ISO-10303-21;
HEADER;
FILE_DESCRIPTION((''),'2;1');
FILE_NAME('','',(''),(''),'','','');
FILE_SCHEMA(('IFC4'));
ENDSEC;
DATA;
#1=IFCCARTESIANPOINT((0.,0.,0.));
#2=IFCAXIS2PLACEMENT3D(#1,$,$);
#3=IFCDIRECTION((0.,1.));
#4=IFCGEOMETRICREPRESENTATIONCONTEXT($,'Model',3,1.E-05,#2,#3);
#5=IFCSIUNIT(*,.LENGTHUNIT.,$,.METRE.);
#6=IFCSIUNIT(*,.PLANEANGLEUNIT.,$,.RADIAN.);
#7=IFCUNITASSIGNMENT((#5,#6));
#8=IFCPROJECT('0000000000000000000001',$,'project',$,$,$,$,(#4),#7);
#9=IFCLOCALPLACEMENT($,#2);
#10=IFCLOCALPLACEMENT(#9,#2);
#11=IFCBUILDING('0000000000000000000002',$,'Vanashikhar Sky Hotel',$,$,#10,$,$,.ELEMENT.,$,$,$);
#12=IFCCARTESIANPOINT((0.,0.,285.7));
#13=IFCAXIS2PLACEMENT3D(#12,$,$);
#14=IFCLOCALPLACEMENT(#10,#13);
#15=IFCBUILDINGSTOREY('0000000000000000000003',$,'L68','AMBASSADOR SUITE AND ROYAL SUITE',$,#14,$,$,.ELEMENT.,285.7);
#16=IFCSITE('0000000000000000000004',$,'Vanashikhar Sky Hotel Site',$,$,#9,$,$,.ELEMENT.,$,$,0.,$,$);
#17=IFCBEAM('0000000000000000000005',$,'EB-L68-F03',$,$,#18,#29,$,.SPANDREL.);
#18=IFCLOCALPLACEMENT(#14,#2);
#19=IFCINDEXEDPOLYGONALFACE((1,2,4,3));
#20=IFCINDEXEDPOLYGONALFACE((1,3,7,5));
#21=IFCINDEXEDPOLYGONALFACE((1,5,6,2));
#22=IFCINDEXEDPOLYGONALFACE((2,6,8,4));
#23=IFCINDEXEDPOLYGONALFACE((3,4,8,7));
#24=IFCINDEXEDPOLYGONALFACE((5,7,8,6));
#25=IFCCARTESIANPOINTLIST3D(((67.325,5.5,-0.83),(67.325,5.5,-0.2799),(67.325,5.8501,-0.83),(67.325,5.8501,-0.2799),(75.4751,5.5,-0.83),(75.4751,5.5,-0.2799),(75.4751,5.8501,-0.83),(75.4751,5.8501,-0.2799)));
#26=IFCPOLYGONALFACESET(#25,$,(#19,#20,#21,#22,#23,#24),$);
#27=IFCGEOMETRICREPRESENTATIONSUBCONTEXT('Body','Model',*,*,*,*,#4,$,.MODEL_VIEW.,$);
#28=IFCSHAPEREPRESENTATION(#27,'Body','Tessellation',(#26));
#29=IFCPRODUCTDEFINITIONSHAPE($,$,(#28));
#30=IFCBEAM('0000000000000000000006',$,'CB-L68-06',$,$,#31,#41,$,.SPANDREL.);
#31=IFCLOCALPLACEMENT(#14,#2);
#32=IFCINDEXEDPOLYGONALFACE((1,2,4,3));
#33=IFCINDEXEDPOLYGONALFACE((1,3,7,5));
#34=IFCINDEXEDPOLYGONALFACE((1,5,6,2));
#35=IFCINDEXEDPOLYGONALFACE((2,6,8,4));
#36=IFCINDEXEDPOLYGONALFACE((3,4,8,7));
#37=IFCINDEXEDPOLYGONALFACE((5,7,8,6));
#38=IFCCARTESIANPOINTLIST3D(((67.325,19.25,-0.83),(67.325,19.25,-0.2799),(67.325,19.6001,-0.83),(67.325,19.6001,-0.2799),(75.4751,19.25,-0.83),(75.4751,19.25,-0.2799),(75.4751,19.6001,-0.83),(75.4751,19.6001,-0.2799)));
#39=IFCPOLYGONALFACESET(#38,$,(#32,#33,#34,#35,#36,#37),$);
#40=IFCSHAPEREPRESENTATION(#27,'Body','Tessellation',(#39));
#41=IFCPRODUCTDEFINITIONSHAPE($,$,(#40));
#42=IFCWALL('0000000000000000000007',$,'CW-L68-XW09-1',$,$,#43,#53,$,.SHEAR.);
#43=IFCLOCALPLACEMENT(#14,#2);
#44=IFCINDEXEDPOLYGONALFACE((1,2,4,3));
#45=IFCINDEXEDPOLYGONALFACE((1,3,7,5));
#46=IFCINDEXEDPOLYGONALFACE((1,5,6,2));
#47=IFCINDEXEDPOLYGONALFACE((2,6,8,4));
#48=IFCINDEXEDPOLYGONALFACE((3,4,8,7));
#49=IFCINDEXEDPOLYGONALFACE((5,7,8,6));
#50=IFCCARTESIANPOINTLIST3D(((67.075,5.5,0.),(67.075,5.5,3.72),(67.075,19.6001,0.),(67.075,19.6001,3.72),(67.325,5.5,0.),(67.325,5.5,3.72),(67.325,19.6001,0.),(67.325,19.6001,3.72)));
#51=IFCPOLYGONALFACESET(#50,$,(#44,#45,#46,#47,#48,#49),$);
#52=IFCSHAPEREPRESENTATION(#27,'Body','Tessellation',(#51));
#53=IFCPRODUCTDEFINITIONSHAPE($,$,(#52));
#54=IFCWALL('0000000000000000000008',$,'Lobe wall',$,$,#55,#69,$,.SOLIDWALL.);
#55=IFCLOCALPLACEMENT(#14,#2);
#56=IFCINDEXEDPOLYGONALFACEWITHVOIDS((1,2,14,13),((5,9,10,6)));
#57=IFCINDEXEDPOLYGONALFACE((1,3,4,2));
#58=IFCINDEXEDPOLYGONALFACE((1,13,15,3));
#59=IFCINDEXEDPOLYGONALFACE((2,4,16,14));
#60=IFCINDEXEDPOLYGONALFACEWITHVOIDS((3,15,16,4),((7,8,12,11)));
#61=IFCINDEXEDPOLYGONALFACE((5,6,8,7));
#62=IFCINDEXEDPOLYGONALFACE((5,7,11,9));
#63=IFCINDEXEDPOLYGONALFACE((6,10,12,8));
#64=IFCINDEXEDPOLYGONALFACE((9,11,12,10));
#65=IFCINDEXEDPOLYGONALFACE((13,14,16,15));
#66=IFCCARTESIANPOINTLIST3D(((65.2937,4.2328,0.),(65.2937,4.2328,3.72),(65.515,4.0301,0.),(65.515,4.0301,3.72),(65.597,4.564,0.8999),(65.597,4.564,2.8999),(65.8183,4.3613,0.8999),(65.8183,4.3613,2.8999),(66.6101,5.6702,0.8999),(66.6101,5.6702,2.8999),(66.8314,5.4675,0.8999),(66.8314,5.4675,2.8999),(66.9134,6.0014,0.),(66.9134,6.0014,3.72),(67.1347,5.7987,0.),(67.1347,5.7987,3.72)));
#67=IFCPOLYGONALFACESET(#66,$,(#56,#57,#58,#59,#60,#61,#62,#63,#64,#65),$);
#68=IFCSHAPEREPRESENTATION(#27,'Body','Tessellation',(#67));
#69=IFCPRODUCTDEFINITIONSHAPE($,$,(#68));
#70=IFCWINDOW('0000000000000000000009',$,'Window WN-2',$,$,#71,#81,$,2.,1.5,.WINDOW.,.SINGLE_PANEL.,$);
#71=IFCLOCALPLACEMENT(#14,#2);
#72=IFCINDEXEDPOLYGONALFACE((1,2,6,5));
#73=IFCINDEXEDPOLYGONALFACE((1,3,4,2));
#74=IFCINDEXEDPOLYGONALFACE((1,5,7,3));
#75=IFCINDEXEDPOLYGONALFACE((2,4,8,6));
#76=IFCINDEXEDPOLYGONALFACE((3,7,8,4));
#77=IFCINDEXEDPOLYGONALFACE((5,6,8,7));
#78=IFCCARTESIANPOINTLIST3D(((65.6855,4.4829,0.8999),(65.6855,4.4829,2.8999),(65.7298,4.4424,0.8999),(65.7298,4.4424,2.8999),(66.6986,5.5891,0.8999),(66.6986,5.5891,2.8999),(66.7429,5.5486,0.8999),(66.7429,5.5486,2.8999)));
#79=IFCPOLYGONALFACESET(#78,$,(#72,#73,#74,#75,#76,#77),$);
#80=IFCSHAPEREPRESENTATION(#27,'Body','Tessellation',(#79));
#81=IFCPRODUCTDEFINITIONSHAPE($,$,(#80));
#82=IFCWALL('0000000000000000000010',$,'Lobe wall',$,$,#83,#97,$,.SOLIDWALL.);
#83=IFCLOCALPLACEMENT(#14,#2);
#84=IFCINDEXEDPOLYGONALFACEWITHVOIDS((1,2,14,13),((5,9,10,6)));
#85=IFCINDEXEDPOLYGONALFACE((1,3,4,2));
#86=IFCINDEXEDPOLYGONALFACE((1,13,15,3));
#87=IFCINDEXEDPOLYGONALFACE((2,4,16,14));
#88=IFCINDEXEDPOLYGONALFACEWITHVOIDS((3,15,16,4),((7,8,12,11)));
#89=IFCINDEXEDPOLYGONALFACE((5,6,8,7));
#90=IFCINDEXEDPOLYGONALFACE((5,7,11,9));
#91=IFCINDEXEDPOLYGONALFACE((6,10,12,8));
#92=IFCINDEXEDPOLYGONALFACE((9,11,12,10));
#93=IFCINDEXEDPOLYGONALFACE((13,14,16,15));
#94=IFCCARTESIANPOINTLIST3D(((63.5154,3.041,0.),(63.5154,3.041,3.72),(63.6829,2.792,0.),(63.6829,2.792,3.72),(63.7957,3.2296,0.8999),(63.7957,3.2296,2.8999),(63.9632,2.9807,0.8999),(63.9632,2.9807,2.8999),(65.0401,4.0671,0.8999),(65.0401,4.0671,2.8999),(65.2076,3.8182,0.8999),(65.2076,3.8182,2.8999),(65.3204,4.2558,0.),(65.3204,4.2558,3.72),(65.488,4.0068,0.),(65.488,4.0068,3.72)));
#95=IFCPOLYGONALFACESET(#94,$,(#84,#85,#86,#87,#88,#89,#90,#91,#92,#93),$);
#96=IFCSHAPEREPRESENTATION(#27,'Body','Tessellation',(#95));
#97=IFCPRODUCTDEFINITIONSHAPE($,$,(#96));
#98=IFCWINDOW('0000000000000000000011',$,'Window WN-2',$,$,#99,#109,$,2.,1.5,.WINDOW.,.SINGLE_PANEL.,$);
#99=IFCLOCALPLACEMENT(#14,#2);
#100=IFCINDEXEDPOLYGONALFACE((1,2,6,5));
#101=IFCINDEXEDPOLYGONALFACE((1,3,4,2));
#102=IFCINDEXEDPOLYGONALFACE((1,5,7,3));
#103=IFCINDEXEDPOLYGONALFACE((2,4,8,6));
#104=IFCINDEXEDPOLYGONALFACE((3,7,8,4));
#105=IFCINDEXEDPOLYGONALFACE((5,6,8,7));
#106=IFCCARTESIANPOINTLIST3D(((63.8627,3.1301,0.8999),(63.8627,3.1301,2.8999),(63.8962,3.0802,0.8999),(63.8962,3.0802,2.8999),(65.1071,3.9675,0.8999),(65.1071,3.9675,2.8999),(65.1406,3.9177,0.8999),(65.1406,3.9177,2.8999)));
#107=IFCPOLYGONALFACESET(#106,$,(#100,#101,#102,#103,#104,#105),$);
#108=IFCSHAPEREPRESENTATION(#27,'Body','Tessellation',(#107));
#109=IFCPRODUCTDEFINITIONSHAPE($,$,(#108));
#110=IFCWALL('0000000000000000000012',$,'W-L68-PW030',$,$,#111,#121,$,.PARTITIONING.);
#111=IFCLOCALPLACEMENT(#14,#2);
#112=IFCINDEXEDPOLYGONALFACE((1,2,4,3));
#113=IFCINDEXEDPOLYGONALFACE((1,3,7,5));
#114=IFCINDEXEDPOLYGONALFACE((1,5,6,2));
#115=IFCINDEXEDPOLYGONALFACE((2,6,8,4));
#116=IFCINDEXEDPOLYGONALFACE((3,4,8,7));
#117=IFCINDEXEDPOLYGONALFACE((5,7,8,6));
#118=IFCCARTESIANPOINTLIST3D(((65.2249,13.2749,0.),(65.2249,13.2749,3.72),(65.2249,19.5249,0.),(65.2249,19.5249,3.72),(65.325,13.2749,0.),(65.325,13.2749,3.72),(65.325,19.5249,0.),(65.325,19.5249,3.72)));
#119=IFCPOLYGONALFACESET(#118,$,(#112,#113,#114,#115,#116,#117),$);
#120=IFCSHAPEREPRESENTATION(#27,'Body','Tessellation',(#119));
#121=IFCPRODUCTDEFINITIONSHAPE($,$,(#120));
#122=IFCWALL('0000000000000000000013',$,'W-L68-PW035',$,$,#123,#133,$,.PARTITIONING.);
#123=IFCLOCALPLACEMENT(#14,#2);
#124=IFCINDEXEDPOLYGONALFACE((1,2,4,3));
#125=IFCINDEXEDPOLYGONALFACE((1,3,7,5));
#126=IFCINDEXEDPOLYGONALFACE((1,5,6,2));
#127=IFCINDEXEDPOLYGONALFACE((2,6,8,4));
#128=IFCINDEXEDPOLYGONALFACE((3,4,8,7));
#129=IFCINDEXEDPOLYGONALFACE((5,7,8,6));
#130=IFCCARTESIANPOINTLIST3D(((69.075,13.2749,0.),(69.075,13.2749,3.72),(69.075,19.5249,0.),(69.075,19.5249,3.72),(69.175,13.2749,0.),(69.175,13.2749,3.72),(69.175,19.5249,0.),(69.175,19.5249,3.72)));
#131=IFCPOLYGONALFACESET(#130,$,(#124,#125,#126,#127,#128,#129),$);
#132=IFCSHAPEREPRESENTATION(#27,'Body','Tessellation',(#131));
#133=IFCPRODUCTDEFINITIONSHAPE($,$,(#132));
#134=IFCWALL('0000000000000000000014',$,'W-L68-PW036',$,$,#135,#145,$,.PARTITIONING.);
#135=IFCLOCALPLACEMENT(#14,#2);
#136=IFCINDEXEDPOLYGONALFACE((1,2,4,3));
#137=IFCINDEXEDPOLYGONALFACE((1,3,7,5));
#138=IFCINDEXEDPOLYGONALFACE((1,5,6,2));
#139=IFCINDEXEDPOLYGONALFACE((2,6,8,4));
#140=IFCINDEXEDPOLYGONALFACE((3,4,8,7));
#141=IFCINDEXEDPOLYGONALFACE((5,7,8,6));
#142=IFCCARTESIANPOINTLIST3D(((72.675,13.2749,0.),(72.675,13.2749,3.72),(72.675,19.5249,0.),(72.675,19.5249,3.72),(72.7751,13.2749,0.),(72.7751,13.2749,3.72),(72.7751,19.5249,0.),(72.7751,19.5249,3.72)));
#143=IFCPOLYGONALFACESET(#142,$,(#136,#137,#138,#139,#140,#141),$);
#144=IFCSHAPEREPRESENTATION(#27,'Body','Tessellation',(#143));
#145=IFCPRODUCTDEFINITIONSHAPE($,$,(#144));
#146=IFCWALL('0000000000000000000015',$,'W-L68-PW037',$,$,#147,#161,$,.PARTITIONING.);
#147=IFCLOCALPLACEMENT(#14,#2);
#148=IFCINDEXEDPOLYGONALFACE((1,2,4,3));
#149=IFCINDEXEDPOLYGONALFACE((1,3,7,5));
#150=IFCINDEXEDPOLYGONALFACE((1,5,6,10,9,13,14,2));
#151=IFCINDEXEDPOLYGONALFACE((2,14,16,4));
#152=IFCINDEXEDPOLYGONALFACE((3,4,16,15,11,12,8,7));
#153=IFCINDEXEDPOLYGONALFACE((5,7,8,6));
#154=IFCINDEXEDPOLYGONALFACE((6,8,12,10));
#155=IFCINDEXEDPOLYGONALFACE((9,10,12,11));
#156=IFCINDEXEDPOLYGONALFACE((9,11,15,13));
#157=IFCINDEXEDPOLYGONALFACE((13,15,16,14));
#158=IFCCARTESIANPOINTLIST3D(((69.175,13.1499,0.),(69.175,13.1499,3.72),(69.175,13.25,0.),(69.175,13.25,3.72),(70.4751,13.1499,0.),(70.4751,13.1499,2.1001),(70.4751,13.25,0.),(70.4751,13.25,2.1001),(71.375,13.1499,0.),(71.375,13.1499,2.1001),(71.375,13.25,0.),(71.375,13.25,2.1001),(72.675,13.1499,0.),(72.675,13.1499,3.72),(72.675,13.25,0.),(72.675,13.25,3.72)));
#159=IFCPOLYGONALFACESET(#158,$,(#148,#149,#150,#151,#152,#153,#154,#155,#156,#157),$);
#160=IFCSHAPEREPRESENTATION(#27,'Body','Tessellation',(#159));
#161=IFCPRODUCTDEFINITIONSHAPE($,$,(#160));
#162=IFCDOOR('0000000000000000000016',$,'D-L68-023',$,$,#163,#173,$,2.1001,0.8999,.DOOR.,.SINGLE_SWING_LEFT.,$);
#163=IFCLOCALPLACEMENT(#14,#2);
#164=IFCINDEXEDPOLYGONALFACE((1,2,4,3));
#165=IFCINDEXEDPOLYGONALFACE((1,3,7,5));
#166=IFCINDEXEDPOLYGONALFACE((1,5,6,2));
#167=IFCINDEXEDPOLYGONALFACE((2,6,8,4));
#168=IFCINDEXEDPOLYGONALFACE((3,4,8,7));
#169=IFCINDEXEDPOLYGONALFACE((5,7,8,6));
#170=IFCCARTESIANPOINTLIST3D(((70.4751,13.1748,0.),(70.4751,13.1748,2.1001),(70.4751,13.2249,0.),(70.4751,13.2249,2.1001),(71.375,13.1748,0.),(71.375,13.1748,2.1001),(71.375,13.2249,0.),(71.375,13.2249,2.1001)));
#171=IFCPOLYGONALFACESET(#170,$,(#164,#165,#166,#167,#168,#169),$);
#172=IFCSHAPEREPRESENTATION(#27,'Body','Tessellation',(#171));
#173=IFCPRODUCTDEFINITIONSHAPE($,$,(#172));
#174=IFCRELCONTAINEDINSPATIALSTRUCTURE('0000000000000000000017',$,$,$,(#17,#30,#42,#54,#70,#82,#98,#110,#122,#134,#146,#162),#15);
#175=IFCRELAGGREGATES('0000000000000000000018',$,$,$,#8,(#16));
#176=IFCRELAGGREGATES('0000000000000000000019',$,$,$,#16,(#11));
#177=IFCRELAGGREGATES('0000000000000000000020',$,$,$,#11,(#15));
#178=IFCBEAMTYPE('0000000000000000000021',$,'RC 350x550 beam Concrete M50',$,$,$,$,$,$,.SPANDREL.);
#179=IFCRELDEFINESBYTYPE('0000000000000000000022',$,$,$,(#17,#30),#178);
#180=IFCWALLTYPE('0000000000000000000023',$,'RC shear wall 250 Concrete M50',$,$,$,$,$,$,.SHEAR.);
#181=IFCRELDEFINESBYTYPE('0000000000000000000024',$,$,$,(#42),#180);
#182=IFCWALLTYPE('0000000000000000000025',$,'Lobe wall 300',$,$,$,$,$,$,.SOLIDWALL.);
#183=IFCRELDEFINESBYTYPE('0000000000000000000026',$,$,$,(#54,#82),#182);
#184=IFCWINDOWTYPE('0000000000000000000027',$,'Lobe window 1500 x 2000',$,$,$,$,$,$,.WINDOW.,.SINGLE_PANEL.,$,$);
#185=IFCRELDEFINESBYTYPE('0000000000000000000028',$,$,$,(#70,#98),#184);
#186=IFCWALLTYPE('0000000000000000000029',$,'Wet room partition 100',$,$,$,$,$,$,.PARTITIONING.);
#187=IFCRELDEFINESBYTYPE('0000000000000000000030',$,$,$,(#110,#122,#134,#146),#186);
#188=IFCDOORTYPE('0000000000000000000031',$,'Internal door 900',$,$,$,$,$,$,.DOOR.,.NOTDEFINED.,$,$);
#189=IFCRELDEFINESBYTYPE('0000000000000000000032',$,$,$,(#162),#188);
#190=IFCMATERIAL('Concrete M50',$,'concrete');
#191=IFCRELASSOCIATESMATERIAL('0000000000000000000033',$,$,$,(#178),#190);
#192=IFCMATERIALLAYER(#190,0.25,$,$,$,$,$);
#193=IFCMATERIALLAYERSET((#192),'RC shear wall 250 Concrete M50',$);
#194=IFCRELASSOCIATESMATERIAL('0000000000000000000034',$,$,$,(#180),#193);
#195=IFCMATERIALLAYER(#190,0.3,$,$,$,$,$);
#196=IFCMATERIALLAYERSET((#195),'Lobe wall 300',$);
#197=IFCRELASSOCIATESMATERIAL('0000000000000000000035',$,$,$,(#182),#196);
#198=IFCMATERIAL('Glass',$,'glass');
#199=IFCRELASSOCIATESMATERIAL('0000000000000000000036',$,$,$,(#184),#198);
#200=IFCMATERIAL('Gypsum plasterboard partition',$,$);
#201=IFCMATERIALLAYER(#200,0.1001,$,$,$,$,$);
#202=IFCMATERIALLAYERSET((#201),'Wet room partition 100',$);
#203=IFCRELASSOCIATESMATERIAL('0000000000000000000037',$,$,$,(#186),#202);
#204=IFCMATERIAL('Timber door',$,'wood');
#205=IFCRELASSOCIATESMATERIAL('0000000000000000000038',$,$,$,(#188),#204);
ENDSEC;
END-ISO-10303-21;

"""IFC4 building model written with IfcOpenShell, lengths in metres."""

from ifc_helpers import new_model, si_unit, direction, frame, frame_2d, origin, origin_2d, place, context, subcontext, project, spatial, rectangle, extrude, source, transform, mapped, material, layer, layer_set, material_profile, profile_set, type_object, element, fill, save


model = new_model("IFC4")

# Units and contexts
model_context = context("Model", 3, precision=1e-05, world=origin(), true_north=direction((0.0, 1.0)))
body_context = subcontext(model_context, "Body", "Model", "MODEL_VIEW")
ifc_project = project(units=[si_unit("LENGTHUNIT", "METRE"), si_unit("PLANEANGLEUNIT", "RADIAN")], contexts=[model_context])

# Site, building, storey
site_placement = place(None, origin())
site = spatial("IfcSite", under=ifc_project, at=site_placement, Name="Vanashikhar Sky Hotel Site", CompositionType="ELEMENT", RefElevation=0.0)
building_placement = place(site_placement, origin())
building = spatial("IfcBuilding", under=site, at=building_placement, Name="Vanashikhar Sky Hotel", CompositionType="ELEMENT")
storey_placement = place(building_placement, frame((0.0, 0.0, 285.7)))
storey = spatial("IfcBuildingStorey", under=building, at=storey_placement, Name="L68", Description="AMBASSADOR SUITE AND ROYAL SUITE", CompositionType="ELEMENT", Elevation=285.7)

# Beams
ifc_material_1 = material(Name="Concrete M50", Category="concrete")
ifc_material_profile_1 = material_profile(ifc_material_1, rectangle(XDim=0.3501, YDim=0.55, at=origin_2d()))
ifc_profile_set_1 = profile_set([ifc_material_profile_1], Name="RC 350x550 beam Concrete M50")
beam_type = type_object("IfcBeamType", Name="RC 350x550 beam Concrete M50", PredefinedType="SPANDREL", material=ifc_profile_set_1)
shared_shape_1 = source(origin(), body_context, "Body", "SweptSolid", [
    extrude(rectangle(XDim=0.3501, YDim=0.55, at=origin_2d()), origin(), (0.0, 0.0, 1.0), 8.1501),
])
for number, where, z_axis, x_axis, name in (
    (1, (67.325, 5.675, -0.5549), (1.0, 0.0, 0.0), (0.0, 1.0, 0.0), "EB-L68-F03"),
    (2, (67.325, 19.425, -0.5549), (1.0, 0.0, 0.0), (0.0, 1.0, 0.0), "CB-L68-06"),
):
    element("IfcBeam", number, at=place(storey_placement, frame(where, z_axis=z_axis, x_axis=x_axis)), inside=storey, type_object=beam_type, Name=name, PredefinedType="SPANDREL", context=body_context, shape_type="MappedRepresentation", body=[
        mapped(shared_shape_1, transform((0.0, 0.0, 0.0), scale=1.0)),
    ])

# Wall
ifc_layer_1 = layer(ifc_material_1, 0.25)
ifc_layer_set_1 = layer_set([ifc_layer_1], Name="RC shear wall 250 Concrete M50")
wall_type_1 = type_object("IfcWallType", Name="RC shear wall 250 Concrete M50", PredefinedType="SHEAR", material=ifc_layer_set_1)
shared_shape_2 = source(origin(), body_context, "Body", "SweptSolid", [
    extrude(rectangle(XDim=14.1001, YDim=0.25, at=frame_2d((7.05, 0.0))), origin(), (0.0, 0.0, 1.0), 3.72),
])
wall_1_placement = place(storey_placement, frame((67.2, 5.5, 0.0), z_axis=(0.0, 0.0, 1.0), x_axis=(0.0, 1.0, 0.0)))
element("IfcWall", 3, at=wall_1_placement, inside=storey, type_object=wall_type_1, Name="CW-L68-XW09-1", PredefinedType="SHEAR", context=body_context, shape_type="MappedRepresentation", body=[
    mapped(shared_shape_2, transform((0.0, 0.0, 0.0), scale=1.0)),
])

# Shared definitions
ifc_material_2 = material(Name="Glass", Category="glass")

# Walls, openings, windows
ifc_layer_2 = layer(ifc_material_1, 0.3)
ifc_layer_set_2 = layer_set([ifc_layer_2], Name="Lobe wall 300")
wall_type_2 = type_object("IfcWallType", Name="Lobe wall 300", PredefinedType="SOLIDWALL", material=ifc_layer_set_2)
shared_shape_3 = source(origin(), body_context, "Body", "SweptSolid", [
    extrude(rectangle(XDim=2.3982, YDim=0.3, at=frame_2d((1.1992, 0.0))), origin(), (0.0, 0.0, 1.0), 3.72),
])
wall_2_placement = place(storey_placement, frame((65.4043, 4.1313, 0.0), z_axis=(0.0, 0.0, 1.0), x_axis=(0.675374, 0.737475, 0.0)))
wall_2 = element("IfcWall", 4, at=wall_2_placement, inside=storey, type_object=wall_type_2, Name="Lobe wall", PredefinedType="SOLIDWALL", context=body_context, shape_type="MappedRepresentation", body=[
    mapped(shared_shape_3, transform((0.0, 0.0, 0.0), scale=1.0)),
])
shared_shape_4 = source(origin(), body_context, "Body", "SweptSolid", [
    extrude(rectangle(XDim=1.5, YDim=2.0, at=frame_2d((0.75, 1.0))), frame((0.0, 0.1602, 0.0), z_axis=(0.0, -1.0, 0.0), x_axis=(1.0, 0.0, 0.0)), (0.0, 0.0, 1.0), 0.3201),
])
opening_1_placement = place(wall_2_placement, frame((0.4492, 0.0, 0.8999)))
opening_1 = element("IfcOpeningElement", 5, at=opening_1_placement, cuts=wall_2, PredefinedType="OPENING", context=body_context, shape_type="MappedRepresentation", body=[
    mapped(shared_shape_4, transform((0.0, 0.0, 0.0), scale=1.0)),
])
window_type_1 = type_object("IfcWindowType", Name="Lobe window 1500 x 2000", PartitioningType="SINGLE_PANEL", PredefinedType="WINDOW", material=ifc_material_2)
shared_shape_5 = source(origin(), body_context, "Body", "SweptSolid", [
    extrude(rectangle(XDim=1.5, YDim=2.0, at=frame_2d((0.75, 1.0))), frame((0.0, 0.03, 0.0), z_axis=(0.0, -1.0, 0.0), x_axis=(1.0, 0.0, 0.0)), (0.0, 0.0, 1.0), 0.0601),
])
window_1_placement = place(opening_1_placement, origin())
window_1 = element("IfcWindow", 6, at=window_1_placement, inside=storey, type_object=window_type_1, Name="Window WN-2", OverallHeight=2.0, OverallWidth=1.5, PartitioningType="SINGLE_PANEL", PredefinedType="WINDOW", context=body_context, shape_type="MappedRepresentation", body=[
    mapped(shared_shape_5, transform((0.0, 0.0, 0.0), scale=1.0)),
])
fill(opening_1, window_1)
shared_shape_6 = source(origin(), body_context, "Body", "SweptSolid", [
    extrude(rectangle(XDim=2.1758, YDim=0.3, at=frame_2d((1.0879, 0.0))), origin(), (0.0, 0.0, 1.0), 3.72),
])
wall_3_placement = place(storey_placement, frame((63.5991, 2.9165, 0.0), z_axis=(0.0, 0.0, 1.0), x_axis=(0.829626, 0.55832, 0.0)))
wall_3 = element("IfcWall", 7, at=wall_3_placement, inside=storey, type_object=wall_type_2, Name="Lobe wall", PredefinedType="SOLIDWALL", context=body_context, shape_type="MappedRepresentation", body=[
    mapped(shared_shape_6, transform((0.0, 0.0, 0.0), scale=1.0)),
])
opening_2_placement = place(wall_3_placement, frame((0.3379, 0.0, 0.8999)))
opening_2 = element("IfcOpeningElement", 8, at=opening_2_placement, cuts=wall_3, PredefinedType="OPENING", context=body_context, shape_type="MappedRepresentation", body=[
    mapped(shared_shape_4, transform((0.0, 0.0, 0.0), scale=1.0)),
])
window_2_placement = place(opening_2_placement, origin())
window_2 = element("IfcWindow", 9, at=window_2_placement, inside=storey, type_object=window_type_1, Name="Window WN-2", OverallHeight=2.0, OverallWidth=1.5, PartitioningType="SINGLE_PANEL", PredefinedType="WINDOW", context=body_context, shape_type="MappedRepresentation", body=[
    mapped(shared_shape_5, transform((0.0, 0.0, 0.0), scale=1.0)),
])
fill(opening_2, window_2)

# Walls
ifc_material_3 = material(Name="Gypsum plasterboard partition")
ifc_layer_3 = layer(ifc_material_3, 0.1001)
ifc_layer_set_3 = layer_set([ifc_layer_3], Name="Wet room partition 100")
wall_type_3 = type_object("IfcWallType", Name="Wet room partition 100", PredefinedType="PARTITIONING", material=ifc_layer_set_3)
shared_shape_7 = source(origin(), body_context, "Body", "SweptSolid", [
    extrude(rectangle(XDim=6.25, YDim=0.1001, at=frame_2d((3.125, 0.0))), origin(), (0.0, 0.0, 1.0), 3.72),
])
for number, where, z_axis, x_axis, name in (
    (10, (65.2749, 13.2749, 0.0), (0.0, 0.0, 1.0), (0.0, 1.0, 0.0), "W-L68-PW030"),
    (11, (69.125, 13.2749, 0.0), (0.0, 0.0, 1.0), (0.0, 1.0, 0.0), "W-L68-PW035"),
    (12, (72.7251, 13.2749, 0.0), (0.0, 0.0, 1.0), (0.0, 1.0, 0.0), "W-L68-PW036"),
):
    element("IfcWall", number, at=place(storey_placement, frame(where, z_axis=z_axis, x_axis=x_axis)), inside=storey, type_object=wall_type_3, Name=name, PredefinedType="PARTITIONING", context=body_context, shape_type="MappedRepresentation", body=[
        mapped(shared_shape_7, transform((0.0, 0.0, 0.0), scale=1.0)),
    ])

# Wall, opening, door
shared_shape_8 = source(origin(), body_context, "Body", "SweptSolid", [
    extrude(rectangle(XDim=3.5, YDim=0.1001, at=frame_2d((1.75, 0.0))), origin(), (0.0, 0.0, 1.0), 3.72),
])
wall_4_placement = place(storey_placement, frame((69.175, 13.2, 0.0), z_axis=(0.0, 0.0, 1.0), x_axis=(1.0, 0.0, 0.0)))
wall_4 = element("IfcWall", 13, at=wall_4_placement, inside=storey, type_object=wall_type_3, Name="W-L68-PW037", PredefinedType="PARTITIONING", context=body_context, shape_type="MappedRepresentation", body=[
    mapped(shared_shape_8, transform((0.0, 0.0, 0.0), scale=1.0)),
])
shared_shape_9 = source(origin(), body_context, "Body", "SweptSolid", [
    extrude(rectangle(XDim=0.8999, YDim=2.1001, at=frame_2d((0.45, 1.05))), frame((0.0, 0.0601, 0.0), z_axis=(0.0, -1.0, 0.0), x_axis=(1.0, 0.0, 0.0)), (0.0, 0.0, 1.0), 0.1201),
])
opening_3_placement = place(wall_4_placement, frame((1.3, 0.0, 0.0)))
opening_3 = element("IfcOpeningElement", 14, at=opening_3_placement, cuts=wall_4, PredefinedType="OPENING", context=body_context, shape_type="MappedRepresentation", body=[
    mapped(shared_shape_9, transform((0.0, 0.0, 0.0), scale=1.0)),
])
ifc_material_4 = material(Name="Timber door", Category="wood")
door_type_1 = type_object("IfcDoorType", Name="Internal door 900", OperationType="NOTDEFINED", PredefinedType="DOOR", material=ifc_material_4)
shared_shape_10 = source(origin(), body_context, "Body", "SweptSolid", [
    extrude(rectangle(XDim=0.8999, YDim=2.1001, at=frame_2d((0.45, 1.05))), frame((0.0, 0.0249, 0.0), z_axis=(0.0, -1.0, 0.0), x_axis=(1.0, 0.0, 0.0)), (0.0, 0.0, 1.0), 0.05),
])
door_1_placement = place(opening_3_placement, origin())
door_1 = element("IfcDoor", 15, at=door_1_placement, inside=storey, type_object=door_type_1, Name="D-L68-023", OperationType="SINGLE_SWING_LEFT", OverallHeight=2.1001, OverallWidth=0.8999, PredefinedType="DOOR", context=body_context, shape_type="MappedRepresentation", body=[
    mapped(shared_shape_10, transform((0.0, 0.0, 0.0), scale=1.0)),
])
fill(opening_3, door_1)

save(model, "model.ifc")
